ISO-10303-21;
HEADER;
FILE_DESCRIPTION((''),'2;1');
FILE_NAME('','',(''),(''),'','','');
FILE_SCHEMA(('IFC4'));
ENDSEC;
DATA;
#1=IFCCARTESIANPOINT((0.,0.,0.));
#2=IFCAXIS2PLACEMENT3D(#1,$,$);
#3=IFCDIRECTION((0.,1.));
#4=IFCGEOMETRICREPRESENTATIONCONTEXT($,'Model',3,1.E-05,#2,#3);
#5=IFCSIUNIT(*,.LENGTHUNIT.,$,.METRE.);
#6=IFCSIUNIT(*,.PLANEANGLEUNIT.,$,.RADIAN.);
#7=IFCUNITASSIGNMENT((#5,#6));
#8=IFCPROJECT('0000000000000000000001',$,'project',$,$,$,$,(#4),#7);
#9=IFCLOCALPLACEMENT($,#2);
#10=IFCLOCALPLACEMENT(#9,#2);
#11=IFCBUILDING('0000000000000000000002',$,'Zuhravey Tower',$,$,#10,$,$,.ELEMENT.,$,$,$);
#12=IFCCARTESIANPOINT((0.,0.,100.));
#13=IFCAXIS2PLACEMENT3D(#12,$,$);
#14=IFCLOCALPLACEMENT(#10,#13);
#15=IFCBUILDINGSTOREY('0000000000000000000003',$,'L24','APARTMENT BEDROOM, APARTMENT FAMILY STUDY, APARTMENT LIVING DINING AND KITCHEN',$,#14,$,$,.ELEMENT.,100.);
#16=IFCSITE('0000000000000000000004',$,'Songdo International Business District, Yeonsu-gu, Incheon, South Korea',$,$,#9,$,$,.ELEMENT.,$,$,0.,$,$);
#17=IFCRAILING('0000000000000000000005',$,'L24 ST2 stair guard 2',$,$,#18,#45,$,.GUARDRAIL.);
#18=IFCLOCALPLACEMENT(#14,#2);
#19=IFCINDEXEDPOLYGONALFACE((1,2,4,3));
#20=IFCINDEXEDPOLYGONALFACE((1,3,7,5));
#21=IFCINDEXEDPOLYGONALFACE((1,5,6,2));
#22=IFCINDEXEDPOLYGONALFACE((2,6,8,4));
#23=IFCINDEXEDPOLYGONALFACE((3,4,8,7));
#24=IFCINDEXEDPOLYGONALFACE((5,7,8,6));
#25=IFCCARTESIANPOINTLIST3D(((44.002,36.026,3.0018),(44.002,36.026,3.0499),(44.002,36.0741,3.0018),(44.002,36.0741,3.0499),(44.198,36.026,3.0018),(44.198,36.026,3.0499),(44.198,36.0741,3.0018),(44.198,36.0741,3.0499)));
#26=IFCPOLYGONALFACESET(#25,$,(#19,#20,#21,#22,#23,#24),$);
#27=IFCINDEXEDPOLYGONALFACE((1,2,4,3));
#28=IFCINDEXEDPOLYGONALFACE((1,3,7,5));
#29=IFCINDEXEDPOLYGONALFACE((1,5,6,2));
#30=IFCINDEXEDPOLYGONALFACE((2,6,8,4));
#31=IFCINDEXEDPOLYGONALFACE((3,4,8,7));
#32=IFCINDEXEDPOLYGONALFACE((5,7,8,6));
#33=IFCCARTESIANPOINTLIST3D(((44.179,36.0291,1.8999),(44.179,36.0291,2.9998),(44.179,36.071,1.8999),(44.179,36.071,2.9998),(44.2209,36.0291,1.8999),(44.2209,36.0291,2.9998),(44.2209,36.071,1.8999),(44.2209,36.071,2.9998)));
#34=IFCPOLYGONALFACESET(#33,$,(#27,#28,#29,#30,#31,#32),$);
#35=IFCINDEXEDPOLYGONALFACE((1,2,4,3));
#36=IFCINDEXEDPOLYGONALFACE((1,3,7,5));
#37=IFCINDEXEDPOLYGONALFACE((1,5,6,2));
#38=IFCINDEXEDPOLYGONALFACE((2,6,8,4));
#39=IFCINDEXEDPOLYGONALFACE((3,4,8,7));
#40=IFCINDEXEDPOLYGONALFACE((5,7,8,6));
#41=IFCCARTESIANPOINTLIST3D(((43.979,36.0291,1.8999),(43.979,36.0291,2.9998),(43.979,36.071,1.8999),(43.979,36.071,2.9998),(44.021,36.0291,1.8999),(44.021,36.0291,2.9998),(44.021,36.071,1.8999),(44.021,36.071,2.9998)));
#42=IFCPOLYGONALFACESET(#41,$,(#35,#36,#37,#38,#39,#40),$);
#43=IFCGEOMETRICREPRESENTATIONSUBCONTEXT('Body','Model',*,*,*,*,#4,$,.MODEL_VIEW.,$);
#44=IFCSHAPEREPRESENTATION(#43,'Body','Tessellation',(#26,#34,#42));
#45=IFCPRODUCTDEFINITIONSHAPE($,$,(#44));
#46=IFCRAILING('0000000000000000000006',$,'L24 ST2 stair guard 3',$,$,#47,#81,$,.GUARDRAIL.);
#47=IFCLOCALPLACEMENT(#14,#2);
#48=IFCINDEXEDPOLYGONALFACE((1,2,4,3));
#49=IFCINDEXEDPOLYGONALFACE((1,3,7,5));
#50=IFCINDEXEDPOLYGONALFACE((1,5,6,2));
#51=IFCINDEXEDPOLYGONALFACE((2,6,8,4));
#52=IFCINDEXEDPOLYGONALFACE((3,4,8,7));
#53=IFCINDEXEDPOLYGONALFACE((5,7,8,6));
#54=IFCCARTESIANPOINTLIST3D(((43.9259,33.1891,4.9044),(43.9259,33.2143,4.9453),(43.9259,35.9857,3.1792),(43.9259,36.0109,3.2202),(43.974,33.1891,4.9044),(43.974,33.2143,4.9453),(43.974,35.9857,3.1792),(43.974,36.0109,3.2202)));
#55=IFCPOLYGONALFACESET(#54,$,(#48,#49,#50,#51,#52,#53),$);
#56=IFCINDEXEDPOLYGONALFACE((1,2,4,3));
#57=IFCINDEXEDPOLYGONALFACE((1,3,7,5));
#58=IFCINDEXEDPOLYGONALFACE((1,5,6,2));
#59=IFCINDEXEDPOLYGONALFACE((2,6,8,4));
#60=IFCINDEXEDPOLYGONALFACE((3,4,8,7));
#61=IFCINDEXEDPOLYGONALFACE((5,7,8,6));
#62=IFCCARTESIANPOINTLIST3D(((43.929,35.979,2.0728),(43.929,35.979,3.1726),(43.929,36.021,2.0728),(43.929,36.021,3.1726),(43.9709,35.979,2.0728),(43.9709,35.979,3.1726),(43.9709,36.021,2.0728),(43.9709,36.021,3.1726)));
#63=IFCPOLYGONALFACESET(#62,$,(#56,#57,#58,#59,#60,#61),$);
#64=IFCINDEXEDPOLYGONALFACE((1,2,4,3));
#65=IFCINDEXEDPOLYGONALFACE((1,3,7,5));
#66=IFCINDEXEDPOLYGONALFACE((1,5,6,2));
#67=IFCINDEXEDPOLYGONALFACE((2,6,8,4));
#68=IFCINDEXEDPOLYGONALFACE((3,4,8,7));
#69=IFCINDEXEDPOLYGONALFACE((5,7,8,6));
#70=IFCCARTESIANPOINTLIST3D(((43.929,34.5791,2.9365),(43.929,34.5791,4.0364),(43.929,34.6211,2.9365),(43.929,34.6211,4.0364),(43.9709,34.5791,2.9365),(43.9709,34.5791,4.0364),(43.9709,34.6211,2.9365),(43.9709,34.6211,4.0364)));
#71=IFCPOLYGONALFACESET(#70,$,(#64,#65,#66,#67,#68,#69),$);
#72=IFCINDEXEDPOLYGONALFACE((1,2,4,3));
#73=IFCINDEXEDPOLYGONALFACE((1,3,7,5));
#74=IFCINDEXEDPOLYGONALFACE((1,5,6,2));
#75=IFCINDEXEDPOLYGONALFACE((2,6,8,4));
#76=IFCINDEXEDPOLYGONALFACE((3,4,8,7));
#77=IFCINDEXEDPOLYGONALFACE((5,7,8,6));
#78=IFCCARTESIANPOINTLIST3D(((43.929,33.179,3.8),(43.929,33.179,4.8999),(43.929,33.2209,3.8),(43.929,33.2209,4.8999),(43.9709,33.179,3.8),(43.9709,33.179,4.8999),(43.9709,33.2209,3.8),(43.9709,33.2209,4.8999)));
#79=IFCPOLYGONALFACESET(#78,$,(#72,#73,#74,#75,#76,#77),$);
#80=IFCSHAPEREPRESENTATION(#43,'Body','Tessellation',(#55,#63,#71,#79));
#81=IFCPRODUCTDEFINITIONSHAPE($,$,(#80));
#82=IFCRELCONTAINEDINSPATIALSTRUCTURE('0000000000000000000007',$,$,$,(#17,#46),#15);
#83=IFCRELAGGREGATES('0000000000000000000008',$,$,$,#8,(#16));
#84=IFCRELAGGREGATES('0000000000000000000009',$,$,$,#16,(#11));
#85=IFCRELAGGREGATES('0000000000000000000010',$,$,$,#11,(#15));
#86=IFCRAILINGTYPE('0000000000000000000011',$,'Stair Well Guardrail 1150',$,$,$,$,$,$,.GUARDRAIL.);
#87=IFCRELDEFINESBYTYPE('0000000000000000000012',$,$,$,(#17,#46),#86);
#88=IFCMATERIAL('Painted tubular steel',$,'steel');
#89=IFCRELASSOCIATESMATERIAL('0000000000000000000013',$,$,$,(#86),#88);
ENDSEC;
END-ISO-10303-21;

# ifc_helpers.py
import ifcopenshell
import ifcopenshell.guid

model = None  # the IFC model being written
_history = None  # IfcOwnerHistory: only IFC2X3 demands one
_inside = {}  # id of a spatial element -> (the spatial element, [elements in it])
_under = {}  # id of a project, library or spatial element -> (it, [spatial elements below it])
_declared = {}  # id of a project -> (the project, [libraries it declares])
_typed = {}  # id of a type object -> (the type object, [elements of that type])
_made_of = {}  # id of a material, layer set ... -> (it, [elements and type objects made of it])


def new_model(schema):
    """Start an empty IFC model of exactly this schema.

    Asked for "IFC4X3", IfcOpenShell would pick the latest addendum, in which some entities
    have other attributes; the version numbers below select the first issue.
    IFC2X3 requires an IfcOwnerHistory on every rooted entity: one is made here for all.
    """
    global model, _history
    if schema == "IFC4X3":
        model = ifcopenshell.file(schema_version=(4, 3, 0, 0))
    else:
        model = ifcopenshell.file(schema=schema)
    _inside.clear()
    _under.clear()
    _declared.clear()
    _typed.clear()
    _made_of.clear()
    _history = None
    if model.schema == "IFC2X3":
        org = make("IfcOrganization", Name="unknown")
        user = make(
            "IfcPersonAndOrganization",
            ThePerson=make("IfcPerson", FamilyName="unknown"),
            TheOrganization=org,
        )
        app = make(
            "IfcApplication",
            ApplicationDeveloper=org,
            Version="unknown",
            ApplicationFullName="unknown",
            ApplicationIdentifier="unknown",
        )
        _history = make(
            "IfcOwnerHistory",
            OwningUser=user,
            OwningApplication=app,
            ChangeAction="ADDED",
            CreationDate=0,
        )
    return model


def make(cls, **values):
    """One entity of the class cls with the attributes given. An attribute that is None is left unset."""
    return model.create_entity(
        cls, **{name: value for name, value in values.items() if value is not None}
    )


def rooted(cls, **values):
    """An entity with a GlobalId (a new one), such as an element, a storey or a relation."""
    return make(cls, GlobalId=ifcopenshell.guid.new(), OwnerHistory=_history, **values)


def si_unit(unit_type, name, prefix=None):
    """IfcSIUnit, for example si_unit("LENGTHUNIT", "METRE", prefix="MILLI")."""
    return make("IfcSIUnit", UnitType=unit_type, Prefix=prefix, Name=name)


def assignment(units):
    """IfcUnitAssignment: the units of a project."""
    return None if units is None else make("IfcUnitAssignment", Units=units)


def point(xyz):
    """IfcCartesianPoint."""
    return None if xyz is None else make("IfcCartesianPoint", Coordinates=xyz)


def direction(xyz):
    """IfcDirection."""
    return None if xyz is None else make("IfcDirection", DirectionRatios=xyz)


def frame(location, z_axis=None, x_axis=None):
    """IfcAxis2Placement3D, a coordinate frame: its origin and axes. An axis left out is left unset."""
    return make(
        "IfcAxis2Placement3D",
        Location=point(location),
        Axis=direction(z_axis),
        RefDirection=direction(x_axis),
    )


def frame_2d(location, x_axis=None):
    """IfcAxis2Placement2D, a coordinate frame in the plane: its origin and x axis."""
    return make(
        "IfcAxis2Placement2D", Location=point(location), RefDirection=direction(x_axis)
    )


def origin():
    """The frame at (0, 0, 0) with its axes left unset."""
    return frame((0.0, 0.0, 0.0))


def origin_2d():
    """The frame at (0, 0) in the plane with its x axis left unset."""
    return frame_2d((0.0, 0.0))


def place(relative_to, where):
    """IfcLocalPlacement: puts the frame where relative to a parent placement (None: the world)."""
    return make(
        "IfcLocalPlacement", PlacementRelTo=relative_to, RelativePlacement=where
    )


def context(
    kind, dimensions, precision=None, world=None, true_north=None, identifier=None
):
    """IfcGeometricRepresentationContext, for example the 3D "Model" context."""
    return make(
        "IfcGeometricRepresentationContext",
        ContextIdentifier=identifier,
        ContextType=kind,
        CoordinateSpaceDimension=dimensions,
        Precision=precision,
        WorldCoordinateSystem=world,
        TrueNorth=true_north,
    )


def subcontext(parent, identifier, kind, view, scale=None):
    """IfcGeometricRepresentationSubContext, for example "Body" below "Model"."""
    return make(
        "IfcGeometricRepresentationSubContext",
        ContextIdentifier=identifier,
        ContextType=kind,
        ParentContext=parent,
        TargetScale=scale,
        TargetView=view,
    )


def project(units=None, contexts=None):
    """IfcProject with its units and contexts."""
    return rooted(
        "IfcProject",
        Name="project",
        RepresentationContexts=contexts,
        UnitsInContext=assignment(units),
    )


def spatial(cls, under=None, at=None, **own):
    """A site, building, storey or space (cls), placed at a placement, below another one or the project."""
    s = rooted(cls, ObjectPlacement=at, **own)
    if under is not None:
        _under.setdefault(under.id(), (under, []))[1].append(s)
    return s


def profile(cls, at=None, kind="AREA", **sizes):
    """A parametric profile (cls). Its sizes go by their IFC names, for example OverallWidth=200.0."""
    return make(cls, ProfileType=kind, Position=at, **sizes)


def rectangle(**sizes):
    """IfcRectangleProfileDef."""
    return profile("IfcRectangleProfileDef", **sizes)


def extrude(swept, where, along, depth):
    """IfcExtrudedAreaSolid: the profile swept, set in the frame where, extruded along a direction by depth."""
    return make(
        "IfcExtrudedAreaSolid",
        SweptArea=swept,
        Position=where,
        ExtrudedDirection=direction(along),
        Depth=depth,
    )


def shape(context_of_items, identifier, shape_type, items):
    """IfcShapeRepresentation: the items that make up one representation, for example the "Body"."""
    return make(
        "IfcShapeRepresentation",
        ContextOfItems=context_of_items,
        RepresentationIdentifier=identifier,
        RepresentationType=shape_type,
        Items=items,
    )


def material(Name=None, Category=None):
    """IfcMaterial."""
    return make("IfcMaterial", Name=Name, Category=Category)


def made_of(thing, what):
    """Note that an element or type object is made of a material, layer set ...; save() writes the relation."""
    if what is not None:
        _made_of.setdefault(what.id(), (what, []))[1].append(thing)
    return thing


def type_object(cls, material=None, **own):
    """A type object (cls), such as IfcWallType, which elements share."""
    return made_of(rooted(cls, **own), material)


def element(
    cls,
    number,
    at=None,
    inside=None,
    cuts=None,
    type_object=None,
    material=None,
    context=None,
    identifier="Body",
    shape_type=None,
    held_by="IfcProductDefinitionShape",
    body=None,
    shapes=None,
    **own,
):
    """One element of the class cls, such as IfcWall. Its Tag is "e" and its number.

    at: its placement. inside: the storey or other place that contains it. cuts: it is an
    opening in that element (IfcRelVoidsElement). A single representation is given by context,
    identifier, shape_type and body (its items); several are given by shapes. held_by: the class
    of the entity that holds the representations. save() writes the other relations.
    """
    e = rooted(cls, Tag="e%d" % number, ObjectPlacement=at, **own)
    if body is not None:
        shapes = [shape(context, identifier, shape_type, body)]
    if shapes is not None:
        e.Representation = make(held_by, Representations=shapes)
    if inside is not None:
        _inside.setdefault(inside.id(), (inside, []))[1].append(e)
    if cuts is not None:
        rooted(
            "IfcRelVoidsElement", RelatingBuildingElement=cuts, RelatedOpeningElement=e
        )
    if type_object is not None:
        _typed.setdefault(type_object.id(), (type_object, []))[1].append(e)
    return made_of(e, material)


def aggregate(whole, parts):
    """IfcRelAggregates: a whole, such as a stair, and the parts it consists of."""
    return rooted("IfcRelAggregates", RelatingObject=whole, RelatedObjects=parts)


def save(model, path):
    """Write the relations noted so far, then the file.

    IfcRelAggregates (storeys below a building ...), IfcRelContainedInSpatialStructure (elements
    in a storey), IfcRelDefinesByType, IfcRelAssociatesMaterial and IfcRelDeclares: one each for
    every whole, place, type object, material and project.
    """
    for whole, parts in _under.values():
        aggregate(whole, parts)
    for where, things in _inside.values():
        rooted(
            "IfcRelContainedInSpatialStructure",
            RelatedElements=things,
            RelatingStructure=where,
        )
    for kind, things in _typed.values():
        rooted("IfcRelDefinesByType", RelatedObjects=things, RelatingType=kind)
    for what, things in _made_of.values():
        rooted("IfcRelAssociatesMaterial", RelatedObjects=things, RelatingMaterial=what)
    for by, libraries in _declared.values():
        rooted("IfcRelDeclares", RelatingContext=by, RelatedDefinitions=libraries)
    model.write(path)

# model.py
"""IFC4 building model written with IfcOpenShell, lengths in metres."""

from ifc_helpers import new_model, si_unit, direction, frame, origin, origin_2d, place, context, subcontext, project, spatial, rectangle, extrude, material, type_object, element, save


model = new_model("IFC4")

# Units and contexts
model_context = context("Model", 3, precision=1e-05, world=origin(), true_north=direction((0.0, 1.0)))
body_context = subcontext(model_context, "Body", "Model", "MODEL_VIEW")
ifc_project = project(units=[si_unit("LENGTHUNIT", "METRE"), si_unit("PLANEANGLEUNIT", "RADIAN")], contexts=[model_context])

# Site, building, storey
site_placement = place(None, origin())
site = spatial("IfcSite", under=ifc_project, at=site_placement, Name="Songdo International Business District, Yeonsu-gu, Incheon, South Korea", CompositionType="ELEMENT", RefElevation=0.0)
building_placement = place(site_placement, origin())
building = spatial("IfcBuilding", under=site, at=building_placement, Name="Zuhravey Tower", CompositionType="ELEMENT")
storey_placement = place(building_placement, frame((0.0, 0.0, 100.0)))
storey = spatial("IfcBuildingStorey", under=building, at=storey_placement, Name="L24", Description="APARTMENT BEDROOM, APARTMENT FAMILY STUDY, APARTMENT LIVING DINING AND KITCHEN", CompositionType="ELEMENT", Elevation=100.0)

# Railings
ifc_material_1 = material(Name="Painted tubular steel", Category="steel")
railing_type_1 = type_object("IfcRailingType", Name="Stair Well Guardrail 1150", PredefinedType="GUARDRAIL", material=ifc_material_1)
railing_1_placement = place(storey_placement, frame((44.2, 36.05, 1.8999)))
element("IfcRailing", 1, at=railing_1_placement, inside=storey, type_object=railing_type_1, Name="L24 ST2 stair guard 2", PredefinedType="GUARDRAIL", context=body_context, shape_type="SweptSolid", body=[
    extrude(rectangle(XDim=0.0481, YDim=0.0481, at=origin_2d()), frame((-0.002, 0.0, 1.126), z_axis=(-1.0, 0.0, 0.0), x_axis=(0.0, -1.0, 0.0)), (0.0, 0.0, 1.0), 0.196),
    extrude(rectangle(XDim=0.042, YDim=0.042, at=origin_2d()), origin(), (0.0, 0.0, 1.0), 1.0999),
    extrude(rectangle(XDim=0.042, YDim=0.042, at=origin_2d()), frame((-0.2, 0.0, 0.0)), (0.0, 0.0, 1.0), 1.0999),
])
railing_2_placement = place(storey_placement, frame((43.95, 36.0, 2.0728)))
element("IfcRailing", 2, at=railing_2_placement, inside=storey, type_object=railing_type_1, Name="L24 ST2 stair guard 3", PredefinedType="GUARDRAIL", context=body_context, shape_type="SweptSolid", body=[
    extrude(rectangle(XDim=0.0481, YDim=0.0481, at=origin_2d()), frame((0.0, -0.0017, 1.127), z_axis=(0.0, -0.85109, 0.52502), x_axis=(1.0, 0.0, 0.0)), (0.0, 0.0, 1.0), 3.2859),
    extrude(rectangle(XDim=0.042, YDim=0.042, at=origin_2d()), origin(), (0.0, 0.0, 1.0), 1.0999),
    extrude(rectangle(XDim=0.042, YDim=0.042, at=origin_2d()), frame((0.0, -1.3999, 0.8638)), (0.0, 0.0, 1.0), 1.0999),
    extrude(rectangle(XDim=0.042, YDim=0.042, at=origin_2d()), frame((0.0, -2.8, 1.7273)), (0.0, 0.0, 1.0), 1.0999),
])

save(model, "model.ifc")
